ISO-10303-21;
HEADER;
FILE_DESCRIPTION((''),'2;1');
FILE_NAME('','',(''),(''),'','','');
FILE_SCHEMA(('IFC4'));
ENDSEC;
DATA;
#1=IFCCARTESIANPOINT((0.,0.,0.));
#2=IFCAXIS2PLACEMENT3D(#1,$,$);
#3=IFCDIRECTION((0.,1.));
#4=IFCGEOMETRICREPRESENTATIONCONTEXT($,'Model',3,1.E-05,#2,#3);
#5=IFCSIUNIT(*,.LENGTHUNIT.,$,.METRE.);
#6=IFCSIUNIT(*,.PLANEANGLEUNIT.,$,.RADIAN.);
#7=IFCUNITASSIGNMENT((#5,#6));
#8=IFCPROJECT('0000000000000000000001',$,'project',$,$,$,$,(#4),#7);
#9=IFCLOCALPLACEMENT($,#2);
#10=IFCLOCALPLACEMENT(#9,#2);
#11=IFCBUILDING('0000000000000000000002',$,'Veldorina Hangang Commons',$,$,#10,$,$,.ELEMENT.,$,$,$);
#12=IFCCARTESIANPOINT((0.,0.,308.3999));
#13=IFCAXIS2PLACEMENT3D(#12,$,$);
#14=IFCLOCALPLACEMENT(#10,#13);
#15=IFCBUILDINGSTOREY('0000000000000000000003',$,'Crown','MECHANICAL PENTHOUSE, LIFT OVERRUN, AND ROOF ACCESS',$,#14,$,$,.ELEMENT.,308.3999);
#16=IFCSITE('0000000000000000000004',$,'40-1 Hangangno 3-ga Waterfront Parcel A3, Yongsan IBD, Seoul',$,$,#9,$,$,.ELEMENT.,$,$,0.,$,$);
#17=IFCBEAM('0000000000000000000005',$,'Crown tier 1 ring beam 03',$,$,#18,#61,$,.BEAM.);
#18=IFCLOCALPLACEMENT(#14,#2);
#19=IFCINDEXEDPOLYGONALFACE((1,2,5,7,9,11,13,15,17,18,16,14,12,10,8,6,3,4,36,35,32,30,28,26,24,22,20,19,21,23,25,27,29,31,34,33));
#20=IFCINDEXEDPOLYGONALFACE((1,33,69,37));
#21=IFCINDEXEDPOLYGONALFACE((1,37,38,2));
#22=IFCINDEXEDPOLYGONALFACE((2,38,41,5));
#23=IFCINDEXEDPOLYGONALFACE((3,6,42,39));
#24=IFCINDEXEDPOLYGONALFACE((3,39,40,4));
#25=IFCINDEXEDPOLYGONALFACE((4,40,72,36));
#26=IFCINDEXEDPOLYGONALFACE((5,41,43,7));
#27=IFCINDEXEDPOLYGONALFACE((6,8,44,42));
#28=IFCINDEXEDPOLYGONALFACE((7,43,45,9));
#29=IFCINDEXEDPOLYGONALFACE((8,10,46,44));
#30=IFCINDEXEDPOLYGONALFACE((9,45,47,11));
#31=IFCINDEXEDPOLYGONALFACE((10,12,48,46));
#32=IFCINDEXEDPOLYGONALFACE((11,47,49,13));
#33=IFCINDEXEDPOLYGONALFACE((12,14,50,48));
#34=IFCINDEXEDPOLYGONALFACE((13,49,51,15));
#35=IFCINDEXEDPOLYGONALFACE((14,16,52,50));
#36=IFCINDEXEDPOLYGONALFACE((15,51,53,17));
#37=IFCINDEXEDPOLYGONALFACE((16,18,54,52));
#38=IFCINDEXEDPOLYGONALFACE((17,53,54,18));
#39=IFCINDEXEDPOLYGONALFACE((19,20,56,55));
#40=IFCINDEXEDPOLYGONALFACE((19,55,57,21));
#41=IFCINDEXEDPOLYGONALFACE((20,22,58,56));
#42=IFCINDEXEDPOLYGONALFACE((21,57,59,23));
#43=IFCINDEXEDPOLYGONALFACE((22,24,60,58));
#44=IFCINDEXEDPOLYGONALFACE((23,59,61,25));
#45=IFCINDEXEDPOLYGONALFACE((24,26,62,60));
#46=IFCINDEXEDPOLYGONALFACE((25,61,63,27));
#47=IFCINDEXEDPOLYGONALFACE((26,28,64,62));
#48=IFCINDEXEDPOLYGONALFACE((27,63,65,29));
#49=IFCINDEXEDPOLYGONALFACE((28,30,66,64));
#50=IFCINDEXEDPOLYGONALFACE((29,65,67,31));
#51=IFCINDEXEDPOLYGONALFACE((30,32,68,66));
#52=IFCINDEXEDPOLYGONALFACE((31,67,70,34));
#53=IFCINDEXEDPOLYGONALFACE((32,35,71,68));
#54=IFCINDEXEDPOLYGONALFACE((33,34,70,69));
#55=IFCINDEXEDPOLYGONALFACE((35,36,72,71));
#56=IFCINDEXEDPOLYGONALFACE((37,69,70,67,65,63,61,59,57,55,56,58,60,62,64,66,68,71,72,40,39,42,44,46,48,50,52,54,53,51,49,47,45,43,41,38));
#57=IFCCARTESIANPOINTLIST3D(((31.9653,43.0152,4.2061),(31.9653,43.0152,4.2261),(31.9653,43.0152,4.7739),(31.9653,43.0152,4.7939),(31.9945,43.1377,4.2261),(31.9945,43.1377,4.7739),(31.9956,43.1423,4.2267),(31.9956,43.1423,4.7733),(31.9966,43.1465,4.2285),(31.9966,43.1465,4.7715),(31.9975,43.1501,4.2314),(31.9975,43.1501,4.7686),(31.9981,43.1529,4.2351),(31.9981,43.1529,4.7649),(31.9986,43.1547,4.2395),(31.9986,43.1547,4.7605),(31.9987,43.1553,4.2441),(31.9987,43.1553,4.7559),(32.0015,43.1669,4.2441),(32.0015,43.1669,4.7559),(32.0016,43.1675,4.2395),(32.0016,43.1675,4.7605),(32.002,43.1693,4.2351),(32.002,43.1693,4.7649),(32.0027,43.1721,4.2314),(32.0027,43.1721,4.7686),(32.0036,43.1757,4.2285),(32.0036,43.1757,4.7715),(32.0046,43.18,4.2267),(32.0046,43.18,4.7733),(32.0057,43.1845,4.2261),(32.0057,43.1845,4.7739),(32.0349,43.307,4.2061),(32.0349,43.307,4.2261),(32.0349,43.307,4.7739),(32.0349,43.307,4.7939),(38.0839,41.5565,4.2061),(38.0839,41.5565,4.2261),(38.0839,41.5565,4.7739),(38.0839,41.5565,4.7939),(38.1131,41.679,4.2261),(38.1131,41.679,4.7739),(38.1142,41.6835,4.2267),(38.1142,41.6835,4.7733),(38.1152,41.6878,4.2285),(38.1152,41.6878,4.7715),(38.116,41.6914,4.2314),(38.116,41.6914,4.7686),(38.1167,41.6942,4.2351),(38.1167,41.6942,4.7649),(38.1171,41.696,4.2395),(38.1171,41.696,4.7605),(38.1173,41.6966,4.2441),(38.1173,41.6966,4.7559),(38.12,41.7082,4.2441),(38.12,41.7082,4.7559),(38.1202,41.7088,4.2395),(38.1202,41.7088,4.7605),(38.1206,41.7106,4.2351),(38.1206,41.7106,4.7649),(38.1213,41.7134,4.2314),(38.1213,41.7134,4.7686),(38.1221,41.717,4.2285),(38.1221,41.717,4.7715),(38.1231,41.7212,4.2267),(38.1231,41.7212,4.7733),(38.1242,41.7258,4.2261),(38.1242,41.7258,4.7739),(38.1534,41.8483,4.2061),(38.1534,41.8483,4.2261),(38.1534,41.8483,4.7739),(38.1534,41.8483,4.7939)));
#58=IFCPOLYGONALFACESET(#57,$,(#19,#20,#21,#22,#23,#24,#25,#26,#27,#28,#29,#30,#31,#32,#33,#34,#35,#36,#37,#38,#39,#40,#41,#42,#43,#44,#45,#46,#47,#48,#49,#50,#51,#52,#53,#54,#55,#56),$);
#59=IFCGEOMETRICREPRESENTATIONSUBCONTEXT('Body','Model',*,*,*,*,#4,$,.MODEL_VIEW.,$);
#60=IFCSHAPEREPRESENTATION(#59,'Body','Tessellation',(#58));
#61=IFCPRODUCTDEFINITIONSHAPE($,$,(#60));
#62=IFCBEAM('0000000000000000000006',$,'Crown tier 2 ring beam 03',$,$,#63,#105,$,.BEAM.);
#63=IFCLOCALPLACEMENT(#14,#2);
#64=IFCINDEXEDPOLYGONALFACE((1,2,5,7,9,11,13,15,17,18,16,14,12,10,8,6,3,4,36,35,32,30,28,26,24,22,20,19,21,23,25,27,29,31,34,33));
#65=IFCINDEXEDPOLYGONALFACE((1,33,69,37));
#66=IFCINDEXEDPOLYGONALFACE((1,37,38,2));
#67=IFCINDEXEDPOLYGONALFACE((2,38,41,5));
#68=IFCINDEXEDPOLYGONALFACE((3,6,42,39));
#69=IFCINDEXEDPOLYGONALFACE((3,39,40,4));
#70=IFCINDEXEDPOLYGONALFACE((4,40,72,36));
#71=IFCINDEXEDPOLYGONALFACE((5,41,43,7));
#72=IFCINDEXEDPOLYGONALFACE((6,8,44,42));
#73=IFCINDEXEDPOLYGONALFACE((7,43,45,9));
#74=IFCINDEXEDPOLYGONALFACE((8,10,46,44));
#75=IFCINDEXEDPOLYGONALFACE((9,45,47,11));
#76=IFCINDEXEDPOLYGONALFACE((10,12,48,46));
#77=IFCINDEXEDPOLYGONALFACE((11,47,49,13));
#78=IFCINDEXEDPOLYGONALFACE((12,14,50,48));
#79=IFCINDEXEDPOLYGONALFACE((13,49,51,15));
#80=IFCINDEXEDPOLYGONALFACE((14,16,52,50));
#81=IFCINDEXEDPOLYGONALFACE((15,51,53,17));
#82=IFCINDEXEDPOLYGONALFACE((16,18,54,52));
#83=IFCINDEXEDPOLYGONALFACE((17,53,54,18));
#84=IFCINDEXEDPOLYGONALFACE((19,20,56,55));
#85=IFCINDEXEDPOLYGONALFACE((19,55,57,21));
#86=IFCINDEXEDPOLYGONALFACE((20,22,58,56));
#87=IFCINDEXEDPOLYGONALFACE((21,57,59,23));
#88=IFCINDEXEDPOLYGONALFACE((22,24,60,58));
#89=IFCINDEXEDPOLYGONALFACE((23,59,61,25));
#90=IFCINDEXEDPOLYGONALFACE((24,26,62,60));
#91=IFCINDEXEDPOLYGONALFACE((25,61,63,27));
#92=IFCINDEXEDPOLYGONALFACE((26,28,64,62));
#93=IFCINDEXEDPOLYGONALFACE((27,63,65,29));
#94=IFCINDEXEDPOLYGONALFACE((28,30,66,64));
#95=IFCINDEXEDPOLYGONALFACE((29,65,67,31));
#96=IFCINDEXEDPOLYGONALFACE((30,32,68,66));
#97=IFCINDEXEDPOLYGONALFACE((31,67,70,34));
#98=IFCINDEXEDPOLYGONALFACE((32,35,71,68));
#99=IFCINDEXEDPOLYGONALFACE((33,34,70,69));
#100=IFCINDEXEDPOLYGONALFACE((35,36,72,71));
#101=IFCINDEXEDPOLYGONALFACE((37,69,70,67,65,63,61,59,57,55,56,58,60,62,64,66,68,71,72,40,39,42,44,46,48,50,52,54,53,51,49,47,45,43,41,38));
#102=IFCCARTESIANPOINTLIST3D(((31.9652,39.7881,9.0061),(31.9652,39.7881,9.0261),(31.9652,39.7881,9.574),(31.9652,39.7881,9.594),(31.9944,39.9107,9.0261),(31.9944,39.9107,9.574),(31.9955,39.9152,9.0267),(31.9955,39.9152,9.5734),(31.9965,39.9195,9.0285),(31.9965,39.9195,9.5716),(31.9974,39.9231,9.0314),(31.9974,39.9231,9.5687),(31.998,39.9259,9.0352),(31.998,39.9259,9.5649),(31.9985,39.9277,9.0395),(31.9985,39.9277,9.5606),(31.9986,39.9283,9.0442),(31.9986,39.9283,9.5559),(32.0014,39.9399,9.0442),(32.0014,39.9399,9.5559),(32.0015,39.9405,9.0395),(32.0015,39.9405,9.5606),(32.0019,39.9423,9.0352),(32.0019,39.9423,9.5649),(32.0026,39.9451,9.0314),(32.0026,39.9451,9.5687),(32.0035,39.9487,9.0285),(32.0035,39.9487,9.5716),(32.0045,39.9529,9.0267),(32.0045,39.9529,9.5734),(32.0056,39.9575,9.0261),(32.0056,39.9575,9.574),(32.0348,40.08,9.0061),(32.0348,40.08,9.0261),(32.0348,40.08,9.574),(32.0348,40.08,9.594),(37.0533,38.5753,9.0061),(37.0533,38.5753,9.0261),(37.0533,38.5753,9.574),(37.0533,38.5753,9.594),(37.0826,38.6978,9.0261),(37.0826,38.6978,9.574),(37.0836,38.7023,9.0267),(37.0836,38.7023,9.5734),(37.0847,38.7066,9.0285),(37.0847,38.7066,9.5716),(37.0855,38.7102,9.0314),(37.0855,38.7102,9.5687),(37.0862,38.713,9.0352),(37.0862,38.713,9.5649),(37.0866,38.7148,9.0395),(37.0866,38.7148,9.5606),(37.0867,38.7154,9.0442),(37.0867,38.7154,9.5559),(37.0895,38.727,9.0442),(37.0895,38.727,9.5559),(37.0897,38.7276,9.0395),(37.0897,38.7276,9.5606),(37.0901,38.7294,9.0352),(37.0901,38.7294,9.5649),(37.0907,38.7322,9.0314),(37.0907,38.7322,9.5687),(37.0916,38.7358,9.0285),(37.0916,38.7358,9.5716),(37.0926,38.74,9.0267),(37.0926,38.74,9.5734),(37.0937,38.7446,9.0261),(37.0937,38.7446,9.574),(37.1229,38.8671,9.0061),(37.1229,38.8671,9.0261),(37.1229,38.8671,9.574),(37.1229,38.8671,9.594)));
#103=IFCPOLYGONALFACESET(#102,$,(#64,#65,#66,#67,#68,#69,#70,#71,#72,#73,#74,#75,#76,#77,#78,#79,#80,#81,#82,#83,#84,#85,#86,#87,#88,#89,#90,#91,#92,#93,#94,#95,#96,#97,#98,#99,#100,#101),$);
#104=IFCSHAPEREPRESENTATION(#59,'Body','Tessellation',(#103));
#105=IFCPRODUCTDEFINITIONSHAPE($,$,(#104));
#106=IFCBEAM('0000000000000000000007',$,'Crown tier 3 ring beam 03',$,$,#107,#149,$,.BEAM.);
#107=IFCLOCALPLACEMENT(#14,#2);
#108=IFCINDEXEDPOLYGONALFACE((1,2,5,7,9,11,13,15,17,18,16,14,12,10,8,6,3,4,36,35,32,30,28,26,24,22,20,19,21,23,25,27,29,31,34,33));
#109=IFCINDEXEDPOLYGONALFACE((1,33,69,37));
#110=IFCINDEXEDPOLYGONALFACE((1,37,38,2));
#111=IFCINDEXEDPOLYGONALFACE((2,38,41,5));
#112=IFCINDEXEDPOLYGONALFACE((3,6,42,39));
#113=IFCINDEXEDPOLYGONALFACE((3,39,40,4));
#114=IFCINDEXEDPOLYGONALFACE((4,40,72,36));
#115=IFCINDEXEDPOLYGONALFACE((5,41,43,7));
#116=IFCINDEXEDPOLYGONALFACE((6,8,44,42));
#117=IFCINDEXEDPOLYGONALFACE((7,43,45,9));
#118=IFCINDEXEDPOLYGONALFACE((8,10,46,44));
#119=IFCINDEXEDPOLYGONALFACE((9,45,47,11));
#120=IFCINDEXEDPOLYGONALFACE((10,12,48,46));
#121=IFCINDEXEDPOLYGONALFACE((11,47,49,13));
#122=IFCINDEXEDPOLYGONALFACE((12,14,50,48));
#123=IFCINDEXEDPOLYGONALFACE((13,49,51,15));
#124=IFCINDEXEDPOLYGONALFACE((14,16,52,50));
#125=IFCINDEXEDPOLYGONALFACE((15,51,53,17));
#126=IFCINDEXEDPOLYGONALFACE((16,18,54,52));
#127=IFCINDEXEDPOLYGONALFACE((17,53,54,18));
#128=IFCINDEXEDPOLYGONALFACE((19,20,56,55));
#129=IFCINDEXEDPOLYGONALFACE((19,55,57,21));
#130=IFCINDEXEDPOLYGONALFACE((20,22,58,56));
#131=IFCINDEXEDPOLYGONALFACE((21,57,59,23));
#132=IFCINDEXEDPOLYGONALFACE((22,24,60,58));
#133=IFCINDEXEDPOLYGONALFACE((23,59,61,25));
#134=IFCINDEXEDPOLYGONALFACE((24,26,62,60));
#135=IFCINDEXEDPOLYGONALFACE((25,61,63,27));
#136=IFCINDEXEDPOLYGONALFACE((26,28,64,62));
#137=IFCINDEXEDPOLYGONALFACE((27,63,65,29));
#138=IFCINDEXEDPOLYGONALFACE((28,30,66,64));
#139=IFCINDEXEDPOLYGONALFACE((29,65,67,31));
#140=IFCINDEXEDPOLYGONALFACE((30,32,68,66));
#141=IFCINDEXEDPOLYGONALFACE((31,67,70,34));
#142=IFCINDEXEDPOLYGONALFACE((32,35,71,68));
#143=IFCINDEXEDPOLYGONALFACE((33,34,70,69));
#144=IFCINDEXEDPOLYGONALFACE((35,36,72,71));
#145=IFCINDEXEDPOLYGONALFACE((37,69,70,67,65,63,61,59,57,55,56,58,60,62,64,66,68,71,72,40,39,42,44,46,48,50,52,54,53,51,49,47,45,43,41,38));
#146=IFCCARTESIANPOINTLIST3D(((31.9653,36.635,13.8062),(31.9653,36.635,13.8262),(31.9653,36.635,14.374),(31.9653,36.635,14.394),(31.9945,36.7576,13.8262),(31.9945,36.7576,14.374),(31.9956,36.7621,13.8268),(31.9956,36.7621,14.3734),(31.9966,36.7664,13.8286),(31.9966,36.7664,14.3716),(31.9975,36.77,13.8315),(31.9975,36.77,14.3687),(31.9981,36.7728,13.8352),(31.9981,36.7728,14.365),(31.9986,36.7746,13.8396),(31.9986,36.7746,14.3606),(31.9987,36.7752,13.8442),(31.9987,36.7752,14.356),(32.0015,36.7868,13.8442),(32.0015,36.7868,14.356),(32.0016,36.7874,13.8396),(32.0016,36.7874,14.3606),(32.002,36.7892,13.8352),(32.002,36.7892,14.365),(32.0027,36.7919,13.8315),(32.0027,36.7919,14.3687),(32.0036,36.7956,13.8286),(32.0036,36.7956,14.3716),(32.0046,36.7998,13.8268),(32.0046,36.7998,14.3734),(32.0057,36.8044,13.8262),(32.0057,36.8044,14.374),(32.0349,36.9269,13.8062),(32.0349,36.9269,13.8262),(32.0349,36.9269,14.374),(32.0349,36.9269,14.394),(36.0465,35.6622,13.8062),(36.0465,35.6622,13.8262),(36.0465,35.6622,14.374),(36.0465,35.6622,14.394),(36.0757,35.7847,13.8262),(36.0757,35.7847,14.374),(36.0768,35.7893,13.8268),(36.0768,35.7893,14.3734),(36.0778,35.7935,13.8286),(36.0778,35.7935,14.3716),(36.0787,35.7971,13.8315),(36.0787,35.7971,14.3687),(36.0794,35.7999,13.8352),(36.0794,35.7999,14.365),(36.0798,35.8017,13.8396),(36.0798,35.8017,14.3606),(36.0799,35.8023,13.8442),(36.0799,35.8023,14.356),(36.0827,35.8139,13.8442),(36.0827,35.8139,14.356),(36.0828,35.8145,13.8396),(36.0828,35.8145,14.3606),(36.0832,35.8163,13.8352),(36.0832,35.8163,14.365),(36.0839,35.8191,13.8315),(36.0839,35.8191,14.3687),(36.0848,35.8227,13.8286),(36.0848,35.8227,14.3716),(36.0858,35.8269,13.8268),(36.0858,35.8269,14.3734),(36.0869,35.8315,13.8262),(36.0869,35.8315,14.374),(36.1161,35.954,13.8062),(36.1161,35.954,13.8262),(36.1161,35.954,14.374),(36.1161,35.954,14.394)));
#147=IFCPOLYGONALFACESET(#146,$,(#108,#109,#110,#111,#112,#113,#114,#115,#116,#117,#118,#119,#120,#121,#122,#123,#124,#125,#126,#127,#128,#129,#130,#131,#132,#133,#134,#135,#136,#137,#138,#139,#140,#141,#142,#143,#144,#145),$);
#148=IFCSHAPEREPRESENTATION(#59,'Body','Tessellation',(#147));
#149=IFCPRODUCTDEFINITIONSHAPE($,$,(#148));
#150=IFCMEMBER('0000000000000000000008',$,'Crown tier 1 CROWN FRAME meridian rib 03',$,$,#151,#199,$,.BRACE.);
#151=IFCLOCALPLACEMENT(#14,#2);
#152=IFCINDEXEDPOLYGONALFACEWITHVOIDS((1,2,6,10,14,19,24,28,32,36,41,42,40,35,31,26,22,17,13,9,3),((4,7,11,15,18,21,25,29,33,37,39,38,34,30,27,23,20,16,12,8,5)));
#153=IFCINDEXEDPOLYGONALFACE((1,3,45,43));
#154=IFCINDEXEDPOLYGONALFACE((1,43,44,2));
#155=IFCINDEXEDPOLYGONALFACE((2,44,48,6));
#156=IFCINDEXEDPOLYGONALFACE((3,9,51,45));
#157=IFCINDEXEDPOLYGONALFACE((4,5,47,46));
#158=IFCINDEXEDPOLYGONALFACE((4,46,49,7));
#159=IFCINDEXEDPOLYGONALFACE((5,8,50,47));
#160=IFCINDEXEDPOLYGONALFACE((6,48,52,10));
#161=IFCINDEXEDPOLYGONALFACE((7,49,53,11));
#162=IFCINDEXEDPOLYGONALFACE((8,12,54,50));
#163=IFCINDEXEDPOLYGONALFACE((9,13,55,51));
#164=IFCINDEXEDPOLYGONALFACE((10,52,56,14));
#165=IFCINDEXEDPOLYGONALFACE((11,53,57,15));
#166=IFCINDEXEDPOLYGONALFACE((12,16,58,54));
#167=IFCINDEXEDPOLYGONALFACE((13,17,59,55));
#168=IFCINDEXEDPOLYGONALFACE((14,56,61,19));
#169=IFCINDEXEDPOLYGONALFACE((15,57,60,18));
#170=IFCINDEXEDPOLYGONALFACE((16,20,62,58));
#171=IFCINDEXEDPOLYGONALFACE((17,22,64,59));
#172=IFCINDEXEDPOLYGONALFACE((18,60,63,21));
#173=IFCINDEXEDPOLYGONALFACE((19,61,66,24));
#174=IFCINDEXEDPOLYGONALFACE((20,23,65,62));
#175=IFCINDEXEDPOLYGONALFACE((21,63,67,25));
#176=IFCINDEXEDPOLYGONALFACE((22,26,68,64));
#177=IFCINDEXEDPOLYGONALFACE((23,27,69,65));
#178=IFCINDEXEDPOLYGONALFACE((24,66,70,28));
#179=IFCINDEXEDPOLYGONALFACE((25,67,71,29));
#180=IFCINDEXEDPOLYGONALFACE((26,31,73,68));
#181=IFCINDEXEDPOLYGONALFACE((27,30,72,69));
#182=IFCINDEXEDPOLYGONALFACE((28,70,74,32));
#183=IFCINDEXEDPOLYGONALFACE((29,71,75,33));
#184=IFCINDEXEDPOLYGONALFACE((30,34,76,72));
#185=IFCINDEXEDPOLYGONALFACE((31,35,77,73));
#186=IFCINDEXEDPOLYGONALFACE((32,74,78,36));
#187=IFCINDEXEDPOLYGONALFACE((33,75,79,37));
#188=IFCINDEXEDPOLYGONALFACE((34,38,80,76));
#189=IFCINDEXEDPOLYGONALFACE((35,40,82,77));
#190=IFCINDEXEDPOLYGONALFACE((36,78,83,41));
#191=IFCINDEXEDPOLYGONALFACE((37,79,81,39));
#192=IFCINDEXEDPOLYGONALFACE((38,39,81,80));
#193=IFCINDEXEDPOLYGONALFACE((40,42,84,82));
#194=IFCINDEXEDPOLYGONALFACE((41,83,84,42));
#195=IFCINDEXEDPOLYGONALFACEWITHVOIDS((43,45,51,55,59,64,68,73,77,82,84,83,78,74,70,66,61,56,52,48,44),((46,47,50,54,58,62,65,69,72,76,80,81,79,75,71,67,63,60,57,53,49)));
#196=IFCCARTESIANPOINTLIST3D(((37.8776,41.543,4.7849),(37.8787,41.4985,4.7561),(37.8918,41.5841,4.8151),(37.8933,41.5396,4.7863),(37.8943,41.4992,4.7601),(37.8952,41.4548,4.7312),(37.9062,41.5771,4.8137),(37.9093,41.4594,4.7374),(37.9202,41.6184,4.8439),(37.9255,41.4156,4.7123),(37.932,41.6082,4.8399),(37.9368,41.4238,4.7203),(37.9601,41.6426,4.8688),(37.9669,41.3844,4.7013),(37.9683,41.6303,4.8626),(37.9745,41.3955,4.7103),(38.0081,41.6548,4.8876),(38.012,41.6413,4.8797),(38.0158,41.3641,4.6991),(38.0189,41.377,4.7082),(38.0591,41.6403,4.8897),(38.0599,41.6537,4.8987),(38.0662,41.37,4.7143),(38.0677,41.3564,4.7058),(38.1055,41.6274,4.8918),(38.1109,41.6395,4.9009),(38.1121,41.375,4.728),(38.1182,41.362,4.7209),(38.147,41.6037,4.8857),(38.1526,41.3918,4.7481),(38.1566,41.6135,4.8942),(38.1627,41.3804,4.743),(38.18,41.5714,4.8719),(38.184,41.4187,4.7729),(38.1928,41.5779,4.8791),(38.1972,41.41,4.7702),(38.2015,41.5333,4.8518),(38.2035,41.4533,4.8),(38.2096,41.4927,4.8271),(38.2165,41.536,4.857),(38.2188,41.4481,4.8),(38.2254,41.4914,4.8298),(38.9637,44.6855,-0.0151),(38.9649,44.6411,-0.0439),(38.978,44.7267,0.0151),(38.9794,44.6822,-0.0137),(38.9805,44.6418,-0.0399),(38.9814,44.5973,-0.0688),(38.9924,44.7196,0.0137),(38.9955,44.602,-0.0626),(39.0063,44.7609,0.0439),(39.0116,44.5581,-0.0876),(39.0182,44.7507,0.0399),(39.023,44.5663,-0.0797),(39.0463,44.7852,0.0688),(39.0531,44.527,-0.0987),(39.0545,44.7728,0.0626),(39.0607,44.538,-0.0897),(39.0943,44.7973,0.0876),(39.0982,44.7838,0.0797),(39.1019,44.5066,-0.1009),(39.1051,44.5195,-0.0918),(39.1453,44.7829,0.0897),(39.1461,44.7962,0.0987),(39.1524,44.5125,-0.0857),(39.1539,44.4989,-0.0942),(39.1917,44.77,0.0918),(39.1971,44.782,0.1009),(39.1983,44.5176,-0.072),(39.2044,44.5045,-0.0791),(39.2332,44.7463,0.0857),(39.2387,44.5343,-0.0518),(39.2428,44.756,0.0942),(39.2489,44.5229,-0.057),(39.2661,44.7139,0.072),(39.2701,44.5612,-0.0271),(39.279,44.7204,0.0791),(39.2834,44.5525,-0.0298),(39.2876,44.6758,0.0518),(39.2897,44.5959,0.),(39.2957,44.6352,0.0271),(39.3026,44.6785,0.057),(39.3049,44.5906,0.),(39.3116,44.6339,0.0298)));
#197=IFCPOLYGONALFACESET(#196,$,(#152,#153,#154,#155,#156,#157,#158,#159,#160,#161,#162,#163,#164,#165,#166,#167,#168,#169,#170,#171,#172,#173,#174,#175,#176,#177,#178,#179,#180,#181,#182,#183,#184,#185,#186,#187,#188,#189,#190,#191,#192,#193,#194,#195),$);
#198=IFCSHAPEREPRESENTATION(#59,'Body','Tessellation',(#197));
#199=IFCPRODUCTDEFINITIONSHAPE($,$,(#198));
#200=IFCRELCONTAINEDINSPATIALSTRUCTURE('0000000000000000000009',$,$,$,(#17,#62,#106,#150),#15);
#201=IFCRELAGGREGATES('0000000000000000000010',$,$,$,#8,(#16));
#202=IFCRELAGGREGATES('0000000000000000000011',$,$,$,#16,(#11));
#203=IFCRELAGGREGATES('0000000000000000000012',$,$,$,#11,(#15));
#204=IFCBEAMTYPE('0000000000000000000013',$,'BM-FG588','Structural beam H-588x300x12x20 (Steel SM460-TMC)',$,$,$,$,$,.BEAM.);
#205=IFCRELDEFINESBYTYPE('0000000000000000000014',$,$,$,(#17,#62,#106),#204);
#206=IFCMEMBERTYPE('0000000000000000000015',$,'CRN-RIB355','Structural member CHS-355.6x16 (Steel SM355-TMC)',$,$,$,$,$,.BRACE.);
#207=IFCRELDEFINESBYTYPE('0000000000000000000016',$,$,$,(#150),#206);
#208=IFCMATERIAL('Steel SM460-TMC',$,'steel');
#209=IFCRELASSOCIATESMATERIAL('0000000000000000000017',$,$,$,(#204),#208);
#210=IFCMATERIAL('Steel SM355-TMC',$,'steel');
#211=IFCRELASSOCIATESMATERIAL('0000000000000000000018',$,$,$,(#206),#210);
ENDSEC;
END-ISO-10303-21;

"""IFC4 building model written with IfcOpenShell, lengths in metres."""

from ifc_helpers import new_model, si_unit, direction, frame, origin, origin_2d, place, context, subcontext, project, spatial, hollow_circle, i_section, extrude, material, material_profile, profile_set, type_object, element, save


model = new_model("IFC4")

# Units and contexts
model_context = context("Model", 3, precision=1e-05, world=origin(), true_north=direction((0.0, 1.0)))
body_context = subcontext(model_context, "Body", "Model", "MODEL_VIEW")
ifc_project = project(units=[si_unit("LENGTHUNIT", "METRE"), si_unit("PLANEANGLEUNIT", "RADIAN")], contexts=[model_context])

# Site, building, storey
site_placement = place(None, origin())
site = spatial("IfcSite", under=ifc_project, at=site_placement, Name="40-1 Hangangno 3-ga Waterfront Parcel A3, Yongsan IBD, Seoul", CompositionType="ELEMENT", RefElevation=0.0)
building_placement = place(site_placement, origin())
building = spatial("IfcBuilding", under=site, at=building_placement, Name="Veldorina Hangang Commons", CompositionType="ELEMENT")
storey_placement = place(building_placement, frame((0.0, 0.0, 308.3999)))
storey = spatial("IfcBuildingStorey", under=building, at=storey_placement, Name="Crown", Description="MECHANICAL PENTHOUSE, LIFT OVERRUN, AND ROOF ACCESS", CompositionType="ELEMENT", Elevation=308.3999)

# Beams
ifc_material_1 = material(Name="Steel SM460-TMC", Category="steel")
ifc_material_profile_1 = material_profile(ifc_material_1, i_section(OverallWidth=0.3, OverallDepth=0.5879, WebThickness=0.012, FlangeThickness=0.02, FilletRadius=0.0181, at=origin_2d()), Name="H-588x300x12x20")
ifc_profile_set_1 = profile_set([ifc_material_profile_1], Name="Steel SM460-TMC")
beam_type = type_object("IfcBeamType", Name="BM-FG588", Description="Structural beam H-588x300x12x20 (Steel SM460-TMC)", PredefinedType="BEAM", material=ifc_profile_set_1)
beam_1_placement = place(storey_placement, frame((38.1187, 41.7024, 4.5), z_axis=(-0.972737, 0.231909, 0.0), x_axis=(-0.231909, -0.972737, 0.0)))
element("IfcBeam", 1, at=beam_1_placement, inside=storey, type_object=beam_type, Name="Crown tier 1 ring beam 03", PredefinedType="BEAM", context=body_context, shape_type="SweptSolid", body=[
    extrude(i_section(OverallWidth=0.3, OverallDepth=0.5879, WebThickness=0.012, FlangeThickness=0.02, FilletRadius=0.0181, at=origin_2d()), origin(), (0.0, 0.0, 1.0), 6.29),
])
beam_2_placement = place(storey_placement, frame((37.0881, 38.7212, 9.3), z_axis=(-0.972745, 0.231879, 0.0), x_axis=(-0.231879, -0.972745, 0.0)))
element("IfcBeam", 2, at=beam_2_placement, inside=storey, type_object=beam_type, Name="Crown tier 2 ring beam 03", PredefinedType="BEAM", context=body_context, shape_type="SweptSolid", body=[
    extrude(i_section(OverallWidth=0.3, OverallDepth=0.5879, WebThickness=0.012, FlangeThickness=0.02, FilletRadius=0.0181, at=origin_2d()), origin(), (0.0, 0.0, 1.0), 5.2307),
])
beam_3_placement = place(storey_placement, frame((36.0813, 35.8081, 14.1001), z_axis=(-0.972744, 0.231883, 0.0), x_axis=(-0.231883, -0.972744, 0.0)))
element("IfcBeam", 3, at=beam_3_placement, inside=storey, type_object=beam_type, Name="Crown tier 3 ring beam 03", PredefinedType="BEAM", context=body_context, shape_type="SweptSolid", body=[
    extrude(i_section(OverallWidth=0.3, OverallDepth=0.5879, WebThickness=0.012, FlangeThickness=0.02, FilletRadius=0.0181, at=origin_2d()), origin(), (0.0, 0.0, 1.0), 4.1956),
])

# Member
ifc_material_2 = material(Name="Steel SM355-TMC", Category="steel")
ifc_material_profile_2 = material_profile(ifc_material_2, hollow_circle(Radius=0.1777, WallThickness=0.0161, at=origin_2d()), Name="CHS-355.6x16")
ifc_profile_set_2 = profile_set([ifc_material_profile_2], Name="Steel SM355-TMC")
member_type_1 = type_object("IfcMemberType", Name="CRN-RIB355", Description="Structural member CHS-355.6x16 (Steel SM355-TMC)", PredefinedType="BRACE", material=ifc_profile_set_2)
member_1_placement = place(storey_placement, frame((39.137, 44.6487, 0.0), z_axis=(-0.186016, -0.538188, 0.822041), x_axis=(0.945138, -0.326672, 0.0)))
element("IfcMember", 4, at=member_1_placement, inside=storey, type_object=member_type_1, Name="Crown tier 1 CROWN FRAME meridian rib 03", PredefinedType="BRACE", context=body_context, shape_type="SweptSolid", body=[
    extrude(hollow_circle(Radius=0.1777, WallThickness=0.0161, at=origin_2d()), origin(), (0.0, 0.0, 1.0), 5.8391),
])

save(model, "model.ifc")
